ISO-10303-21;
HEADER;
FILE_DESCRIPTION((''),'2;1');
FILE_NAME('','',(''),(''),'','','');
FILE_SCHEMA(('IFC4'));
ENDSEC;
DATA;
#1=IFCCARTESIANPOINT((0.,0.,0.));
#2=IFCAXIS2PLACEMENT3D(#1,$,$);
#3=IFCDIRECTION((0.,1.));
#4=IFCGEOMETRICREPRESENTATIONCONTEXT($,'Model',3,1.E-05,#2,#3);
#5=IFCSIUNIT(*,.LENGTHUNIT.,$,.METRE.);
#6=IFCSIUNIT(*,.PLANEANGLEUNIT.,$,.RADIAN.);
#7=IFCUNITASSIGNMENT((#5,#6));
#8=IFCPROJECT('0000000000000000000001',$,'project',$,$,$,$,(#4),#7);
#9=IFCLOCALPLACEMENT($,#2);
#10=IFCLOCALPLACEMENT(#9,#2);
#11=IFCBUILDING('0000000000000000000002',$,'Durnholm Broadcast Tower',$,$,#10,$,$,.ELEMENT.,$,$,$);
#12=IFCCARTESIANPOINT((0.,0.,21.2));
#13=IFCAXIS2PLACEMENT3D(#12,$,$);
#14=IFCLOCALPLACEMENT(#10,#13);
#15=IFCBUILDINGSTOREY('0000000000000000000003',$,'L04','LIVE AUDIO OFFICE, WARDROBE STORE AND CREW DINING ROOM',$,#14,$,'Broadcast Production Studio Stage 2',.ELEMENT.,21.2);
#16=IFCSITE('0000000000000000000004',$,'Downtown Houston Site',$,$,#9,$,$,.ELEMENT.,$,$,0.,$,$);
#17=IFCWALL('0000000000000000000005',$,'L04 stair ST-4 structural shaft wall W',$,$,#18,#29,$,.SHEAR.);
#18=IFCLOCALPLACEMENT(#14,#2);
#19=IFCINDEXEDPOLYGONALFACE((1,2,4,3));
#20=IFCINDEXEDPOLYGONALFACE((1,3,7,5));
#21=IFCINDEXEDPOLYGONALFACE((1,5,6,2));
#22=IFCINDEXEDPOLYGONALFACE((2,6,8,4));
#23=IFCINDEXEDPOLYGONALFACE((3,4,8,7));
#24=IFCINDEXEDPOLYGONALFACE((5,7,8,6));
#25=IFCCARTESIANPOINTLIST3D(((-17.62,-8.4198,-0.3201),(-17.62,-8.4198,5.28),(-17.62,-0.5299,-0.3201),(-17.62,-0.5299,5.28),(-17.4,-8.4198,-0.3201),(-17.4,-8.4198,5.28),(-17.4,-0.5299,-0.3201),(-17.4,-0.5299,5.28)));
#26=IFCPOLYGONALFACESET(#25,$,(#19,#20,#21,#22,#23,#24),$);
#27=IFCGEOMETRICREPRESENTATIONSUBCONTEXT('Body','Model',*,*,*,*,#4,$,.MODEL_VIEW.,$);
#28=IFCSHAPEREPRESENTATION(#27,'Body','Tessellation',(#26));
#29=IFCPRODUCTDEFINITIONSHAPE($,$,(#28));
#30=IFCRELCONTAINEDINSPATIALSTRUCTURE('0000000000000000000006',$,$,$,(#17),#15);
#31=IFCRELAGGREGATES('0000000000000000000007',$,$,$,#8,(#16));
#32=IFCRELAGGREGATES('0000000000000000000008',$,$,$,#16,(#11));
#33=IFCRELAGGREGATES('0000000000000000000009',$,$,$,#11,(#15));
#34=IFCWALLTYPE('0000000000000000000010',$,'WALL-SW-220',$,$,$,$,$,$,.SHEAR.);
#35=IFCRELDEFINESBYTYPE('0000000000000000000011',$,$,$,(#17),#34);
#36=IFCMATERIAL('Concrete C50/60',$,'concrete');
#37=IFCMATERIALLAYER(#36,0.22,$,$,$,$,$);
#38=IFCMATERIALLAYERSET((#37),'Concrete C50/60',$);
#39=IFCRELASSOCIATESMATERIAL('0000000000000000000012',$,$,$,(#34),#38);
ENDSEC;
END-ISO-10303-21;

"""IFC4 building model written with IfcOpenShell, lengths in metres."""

from ifc_helpers import new_model, si_unit, direction, frame, frame_2d, origin, place, context, subcontext, project, spatial, rectangle, extrude, material, layer, layer_set, type_object, element, save


model = new_model("IFC4")

# Units and contexts
model_context = context("Model", 3, precision=1e-05, world=origin(), true_north=direction((0.0, 1.0)))
body_context = subcontext(model_context, "Body", "Model", "MODEL_VIEW")
ifc_project = project(units=[si_unit("LENGTHUNIT", "METRE"), si_unit("PLANEANGLEUNIT", "RADIAN")], contexts=[model_context])

# Site, building, storey
site_placement = place(None, origin())
site = spatial("IfcSite", under=ifc_project, at=site_placement, Name="Downtown Houston Site", CompositionType="ELEMENT", RefElevation=0.0)
building_placement = place(site_placement, origin())
building = spatial("IfcBuilding", under=site, at=building_placement, Name="Durnholm Broadcast Tower", CompositionType="ELEMENT")
storey_placement = place(building_placement, frame((0.0, 0.0, 21.2)))
storey = spatial("IfcBuildingStorey", under=building, at=storey_placement, Name="L04", Description="LIVE AUDIO OFFICE, WARDROBE STORE AND CREW DINING ROOM", LongName="Broadcast Production Studio Stage 2", CompositionType="ELEMENT", Elevation=21.2)

# Wall
ifc_material_1 = material(Name="Concrete C50/60", Category="concrete")
ifc_layer_1 = layer(ifc_material_1, 0.22)
ifc_layer_set_1 = layer_set([ifc_layer_1], Name="Concrete C50/60")
wall_type_1 = type_object("IfcWallType", Name="WALL-SW-220", PredefinedType="SHEAR", material=ifc_layer_set_1)
wall_1_placement = place(storey_placement, frame((-17.51, -0.53, -0.3201), z_axis=(0.0, 0.0, 1.0), x_axis=(0.0, -1.0, 0.0)))
element("IfcWall", 1, at=wall_1_placement, inside=storey, type_object=wall_type_1, Name="L04 stair ST-4 structural shaft wall W", PredefinedType="SHEAR", context=body_context, shape_type="SweptSolid", body=[
    extrude(rectangle(XDim=7.8899, YDim=0.22, at=frame_2d((3.9448, 0.0))), origin(), (0.0, 0.0, 1.0), 5.6001),
])

save(model, "model.ifc")
